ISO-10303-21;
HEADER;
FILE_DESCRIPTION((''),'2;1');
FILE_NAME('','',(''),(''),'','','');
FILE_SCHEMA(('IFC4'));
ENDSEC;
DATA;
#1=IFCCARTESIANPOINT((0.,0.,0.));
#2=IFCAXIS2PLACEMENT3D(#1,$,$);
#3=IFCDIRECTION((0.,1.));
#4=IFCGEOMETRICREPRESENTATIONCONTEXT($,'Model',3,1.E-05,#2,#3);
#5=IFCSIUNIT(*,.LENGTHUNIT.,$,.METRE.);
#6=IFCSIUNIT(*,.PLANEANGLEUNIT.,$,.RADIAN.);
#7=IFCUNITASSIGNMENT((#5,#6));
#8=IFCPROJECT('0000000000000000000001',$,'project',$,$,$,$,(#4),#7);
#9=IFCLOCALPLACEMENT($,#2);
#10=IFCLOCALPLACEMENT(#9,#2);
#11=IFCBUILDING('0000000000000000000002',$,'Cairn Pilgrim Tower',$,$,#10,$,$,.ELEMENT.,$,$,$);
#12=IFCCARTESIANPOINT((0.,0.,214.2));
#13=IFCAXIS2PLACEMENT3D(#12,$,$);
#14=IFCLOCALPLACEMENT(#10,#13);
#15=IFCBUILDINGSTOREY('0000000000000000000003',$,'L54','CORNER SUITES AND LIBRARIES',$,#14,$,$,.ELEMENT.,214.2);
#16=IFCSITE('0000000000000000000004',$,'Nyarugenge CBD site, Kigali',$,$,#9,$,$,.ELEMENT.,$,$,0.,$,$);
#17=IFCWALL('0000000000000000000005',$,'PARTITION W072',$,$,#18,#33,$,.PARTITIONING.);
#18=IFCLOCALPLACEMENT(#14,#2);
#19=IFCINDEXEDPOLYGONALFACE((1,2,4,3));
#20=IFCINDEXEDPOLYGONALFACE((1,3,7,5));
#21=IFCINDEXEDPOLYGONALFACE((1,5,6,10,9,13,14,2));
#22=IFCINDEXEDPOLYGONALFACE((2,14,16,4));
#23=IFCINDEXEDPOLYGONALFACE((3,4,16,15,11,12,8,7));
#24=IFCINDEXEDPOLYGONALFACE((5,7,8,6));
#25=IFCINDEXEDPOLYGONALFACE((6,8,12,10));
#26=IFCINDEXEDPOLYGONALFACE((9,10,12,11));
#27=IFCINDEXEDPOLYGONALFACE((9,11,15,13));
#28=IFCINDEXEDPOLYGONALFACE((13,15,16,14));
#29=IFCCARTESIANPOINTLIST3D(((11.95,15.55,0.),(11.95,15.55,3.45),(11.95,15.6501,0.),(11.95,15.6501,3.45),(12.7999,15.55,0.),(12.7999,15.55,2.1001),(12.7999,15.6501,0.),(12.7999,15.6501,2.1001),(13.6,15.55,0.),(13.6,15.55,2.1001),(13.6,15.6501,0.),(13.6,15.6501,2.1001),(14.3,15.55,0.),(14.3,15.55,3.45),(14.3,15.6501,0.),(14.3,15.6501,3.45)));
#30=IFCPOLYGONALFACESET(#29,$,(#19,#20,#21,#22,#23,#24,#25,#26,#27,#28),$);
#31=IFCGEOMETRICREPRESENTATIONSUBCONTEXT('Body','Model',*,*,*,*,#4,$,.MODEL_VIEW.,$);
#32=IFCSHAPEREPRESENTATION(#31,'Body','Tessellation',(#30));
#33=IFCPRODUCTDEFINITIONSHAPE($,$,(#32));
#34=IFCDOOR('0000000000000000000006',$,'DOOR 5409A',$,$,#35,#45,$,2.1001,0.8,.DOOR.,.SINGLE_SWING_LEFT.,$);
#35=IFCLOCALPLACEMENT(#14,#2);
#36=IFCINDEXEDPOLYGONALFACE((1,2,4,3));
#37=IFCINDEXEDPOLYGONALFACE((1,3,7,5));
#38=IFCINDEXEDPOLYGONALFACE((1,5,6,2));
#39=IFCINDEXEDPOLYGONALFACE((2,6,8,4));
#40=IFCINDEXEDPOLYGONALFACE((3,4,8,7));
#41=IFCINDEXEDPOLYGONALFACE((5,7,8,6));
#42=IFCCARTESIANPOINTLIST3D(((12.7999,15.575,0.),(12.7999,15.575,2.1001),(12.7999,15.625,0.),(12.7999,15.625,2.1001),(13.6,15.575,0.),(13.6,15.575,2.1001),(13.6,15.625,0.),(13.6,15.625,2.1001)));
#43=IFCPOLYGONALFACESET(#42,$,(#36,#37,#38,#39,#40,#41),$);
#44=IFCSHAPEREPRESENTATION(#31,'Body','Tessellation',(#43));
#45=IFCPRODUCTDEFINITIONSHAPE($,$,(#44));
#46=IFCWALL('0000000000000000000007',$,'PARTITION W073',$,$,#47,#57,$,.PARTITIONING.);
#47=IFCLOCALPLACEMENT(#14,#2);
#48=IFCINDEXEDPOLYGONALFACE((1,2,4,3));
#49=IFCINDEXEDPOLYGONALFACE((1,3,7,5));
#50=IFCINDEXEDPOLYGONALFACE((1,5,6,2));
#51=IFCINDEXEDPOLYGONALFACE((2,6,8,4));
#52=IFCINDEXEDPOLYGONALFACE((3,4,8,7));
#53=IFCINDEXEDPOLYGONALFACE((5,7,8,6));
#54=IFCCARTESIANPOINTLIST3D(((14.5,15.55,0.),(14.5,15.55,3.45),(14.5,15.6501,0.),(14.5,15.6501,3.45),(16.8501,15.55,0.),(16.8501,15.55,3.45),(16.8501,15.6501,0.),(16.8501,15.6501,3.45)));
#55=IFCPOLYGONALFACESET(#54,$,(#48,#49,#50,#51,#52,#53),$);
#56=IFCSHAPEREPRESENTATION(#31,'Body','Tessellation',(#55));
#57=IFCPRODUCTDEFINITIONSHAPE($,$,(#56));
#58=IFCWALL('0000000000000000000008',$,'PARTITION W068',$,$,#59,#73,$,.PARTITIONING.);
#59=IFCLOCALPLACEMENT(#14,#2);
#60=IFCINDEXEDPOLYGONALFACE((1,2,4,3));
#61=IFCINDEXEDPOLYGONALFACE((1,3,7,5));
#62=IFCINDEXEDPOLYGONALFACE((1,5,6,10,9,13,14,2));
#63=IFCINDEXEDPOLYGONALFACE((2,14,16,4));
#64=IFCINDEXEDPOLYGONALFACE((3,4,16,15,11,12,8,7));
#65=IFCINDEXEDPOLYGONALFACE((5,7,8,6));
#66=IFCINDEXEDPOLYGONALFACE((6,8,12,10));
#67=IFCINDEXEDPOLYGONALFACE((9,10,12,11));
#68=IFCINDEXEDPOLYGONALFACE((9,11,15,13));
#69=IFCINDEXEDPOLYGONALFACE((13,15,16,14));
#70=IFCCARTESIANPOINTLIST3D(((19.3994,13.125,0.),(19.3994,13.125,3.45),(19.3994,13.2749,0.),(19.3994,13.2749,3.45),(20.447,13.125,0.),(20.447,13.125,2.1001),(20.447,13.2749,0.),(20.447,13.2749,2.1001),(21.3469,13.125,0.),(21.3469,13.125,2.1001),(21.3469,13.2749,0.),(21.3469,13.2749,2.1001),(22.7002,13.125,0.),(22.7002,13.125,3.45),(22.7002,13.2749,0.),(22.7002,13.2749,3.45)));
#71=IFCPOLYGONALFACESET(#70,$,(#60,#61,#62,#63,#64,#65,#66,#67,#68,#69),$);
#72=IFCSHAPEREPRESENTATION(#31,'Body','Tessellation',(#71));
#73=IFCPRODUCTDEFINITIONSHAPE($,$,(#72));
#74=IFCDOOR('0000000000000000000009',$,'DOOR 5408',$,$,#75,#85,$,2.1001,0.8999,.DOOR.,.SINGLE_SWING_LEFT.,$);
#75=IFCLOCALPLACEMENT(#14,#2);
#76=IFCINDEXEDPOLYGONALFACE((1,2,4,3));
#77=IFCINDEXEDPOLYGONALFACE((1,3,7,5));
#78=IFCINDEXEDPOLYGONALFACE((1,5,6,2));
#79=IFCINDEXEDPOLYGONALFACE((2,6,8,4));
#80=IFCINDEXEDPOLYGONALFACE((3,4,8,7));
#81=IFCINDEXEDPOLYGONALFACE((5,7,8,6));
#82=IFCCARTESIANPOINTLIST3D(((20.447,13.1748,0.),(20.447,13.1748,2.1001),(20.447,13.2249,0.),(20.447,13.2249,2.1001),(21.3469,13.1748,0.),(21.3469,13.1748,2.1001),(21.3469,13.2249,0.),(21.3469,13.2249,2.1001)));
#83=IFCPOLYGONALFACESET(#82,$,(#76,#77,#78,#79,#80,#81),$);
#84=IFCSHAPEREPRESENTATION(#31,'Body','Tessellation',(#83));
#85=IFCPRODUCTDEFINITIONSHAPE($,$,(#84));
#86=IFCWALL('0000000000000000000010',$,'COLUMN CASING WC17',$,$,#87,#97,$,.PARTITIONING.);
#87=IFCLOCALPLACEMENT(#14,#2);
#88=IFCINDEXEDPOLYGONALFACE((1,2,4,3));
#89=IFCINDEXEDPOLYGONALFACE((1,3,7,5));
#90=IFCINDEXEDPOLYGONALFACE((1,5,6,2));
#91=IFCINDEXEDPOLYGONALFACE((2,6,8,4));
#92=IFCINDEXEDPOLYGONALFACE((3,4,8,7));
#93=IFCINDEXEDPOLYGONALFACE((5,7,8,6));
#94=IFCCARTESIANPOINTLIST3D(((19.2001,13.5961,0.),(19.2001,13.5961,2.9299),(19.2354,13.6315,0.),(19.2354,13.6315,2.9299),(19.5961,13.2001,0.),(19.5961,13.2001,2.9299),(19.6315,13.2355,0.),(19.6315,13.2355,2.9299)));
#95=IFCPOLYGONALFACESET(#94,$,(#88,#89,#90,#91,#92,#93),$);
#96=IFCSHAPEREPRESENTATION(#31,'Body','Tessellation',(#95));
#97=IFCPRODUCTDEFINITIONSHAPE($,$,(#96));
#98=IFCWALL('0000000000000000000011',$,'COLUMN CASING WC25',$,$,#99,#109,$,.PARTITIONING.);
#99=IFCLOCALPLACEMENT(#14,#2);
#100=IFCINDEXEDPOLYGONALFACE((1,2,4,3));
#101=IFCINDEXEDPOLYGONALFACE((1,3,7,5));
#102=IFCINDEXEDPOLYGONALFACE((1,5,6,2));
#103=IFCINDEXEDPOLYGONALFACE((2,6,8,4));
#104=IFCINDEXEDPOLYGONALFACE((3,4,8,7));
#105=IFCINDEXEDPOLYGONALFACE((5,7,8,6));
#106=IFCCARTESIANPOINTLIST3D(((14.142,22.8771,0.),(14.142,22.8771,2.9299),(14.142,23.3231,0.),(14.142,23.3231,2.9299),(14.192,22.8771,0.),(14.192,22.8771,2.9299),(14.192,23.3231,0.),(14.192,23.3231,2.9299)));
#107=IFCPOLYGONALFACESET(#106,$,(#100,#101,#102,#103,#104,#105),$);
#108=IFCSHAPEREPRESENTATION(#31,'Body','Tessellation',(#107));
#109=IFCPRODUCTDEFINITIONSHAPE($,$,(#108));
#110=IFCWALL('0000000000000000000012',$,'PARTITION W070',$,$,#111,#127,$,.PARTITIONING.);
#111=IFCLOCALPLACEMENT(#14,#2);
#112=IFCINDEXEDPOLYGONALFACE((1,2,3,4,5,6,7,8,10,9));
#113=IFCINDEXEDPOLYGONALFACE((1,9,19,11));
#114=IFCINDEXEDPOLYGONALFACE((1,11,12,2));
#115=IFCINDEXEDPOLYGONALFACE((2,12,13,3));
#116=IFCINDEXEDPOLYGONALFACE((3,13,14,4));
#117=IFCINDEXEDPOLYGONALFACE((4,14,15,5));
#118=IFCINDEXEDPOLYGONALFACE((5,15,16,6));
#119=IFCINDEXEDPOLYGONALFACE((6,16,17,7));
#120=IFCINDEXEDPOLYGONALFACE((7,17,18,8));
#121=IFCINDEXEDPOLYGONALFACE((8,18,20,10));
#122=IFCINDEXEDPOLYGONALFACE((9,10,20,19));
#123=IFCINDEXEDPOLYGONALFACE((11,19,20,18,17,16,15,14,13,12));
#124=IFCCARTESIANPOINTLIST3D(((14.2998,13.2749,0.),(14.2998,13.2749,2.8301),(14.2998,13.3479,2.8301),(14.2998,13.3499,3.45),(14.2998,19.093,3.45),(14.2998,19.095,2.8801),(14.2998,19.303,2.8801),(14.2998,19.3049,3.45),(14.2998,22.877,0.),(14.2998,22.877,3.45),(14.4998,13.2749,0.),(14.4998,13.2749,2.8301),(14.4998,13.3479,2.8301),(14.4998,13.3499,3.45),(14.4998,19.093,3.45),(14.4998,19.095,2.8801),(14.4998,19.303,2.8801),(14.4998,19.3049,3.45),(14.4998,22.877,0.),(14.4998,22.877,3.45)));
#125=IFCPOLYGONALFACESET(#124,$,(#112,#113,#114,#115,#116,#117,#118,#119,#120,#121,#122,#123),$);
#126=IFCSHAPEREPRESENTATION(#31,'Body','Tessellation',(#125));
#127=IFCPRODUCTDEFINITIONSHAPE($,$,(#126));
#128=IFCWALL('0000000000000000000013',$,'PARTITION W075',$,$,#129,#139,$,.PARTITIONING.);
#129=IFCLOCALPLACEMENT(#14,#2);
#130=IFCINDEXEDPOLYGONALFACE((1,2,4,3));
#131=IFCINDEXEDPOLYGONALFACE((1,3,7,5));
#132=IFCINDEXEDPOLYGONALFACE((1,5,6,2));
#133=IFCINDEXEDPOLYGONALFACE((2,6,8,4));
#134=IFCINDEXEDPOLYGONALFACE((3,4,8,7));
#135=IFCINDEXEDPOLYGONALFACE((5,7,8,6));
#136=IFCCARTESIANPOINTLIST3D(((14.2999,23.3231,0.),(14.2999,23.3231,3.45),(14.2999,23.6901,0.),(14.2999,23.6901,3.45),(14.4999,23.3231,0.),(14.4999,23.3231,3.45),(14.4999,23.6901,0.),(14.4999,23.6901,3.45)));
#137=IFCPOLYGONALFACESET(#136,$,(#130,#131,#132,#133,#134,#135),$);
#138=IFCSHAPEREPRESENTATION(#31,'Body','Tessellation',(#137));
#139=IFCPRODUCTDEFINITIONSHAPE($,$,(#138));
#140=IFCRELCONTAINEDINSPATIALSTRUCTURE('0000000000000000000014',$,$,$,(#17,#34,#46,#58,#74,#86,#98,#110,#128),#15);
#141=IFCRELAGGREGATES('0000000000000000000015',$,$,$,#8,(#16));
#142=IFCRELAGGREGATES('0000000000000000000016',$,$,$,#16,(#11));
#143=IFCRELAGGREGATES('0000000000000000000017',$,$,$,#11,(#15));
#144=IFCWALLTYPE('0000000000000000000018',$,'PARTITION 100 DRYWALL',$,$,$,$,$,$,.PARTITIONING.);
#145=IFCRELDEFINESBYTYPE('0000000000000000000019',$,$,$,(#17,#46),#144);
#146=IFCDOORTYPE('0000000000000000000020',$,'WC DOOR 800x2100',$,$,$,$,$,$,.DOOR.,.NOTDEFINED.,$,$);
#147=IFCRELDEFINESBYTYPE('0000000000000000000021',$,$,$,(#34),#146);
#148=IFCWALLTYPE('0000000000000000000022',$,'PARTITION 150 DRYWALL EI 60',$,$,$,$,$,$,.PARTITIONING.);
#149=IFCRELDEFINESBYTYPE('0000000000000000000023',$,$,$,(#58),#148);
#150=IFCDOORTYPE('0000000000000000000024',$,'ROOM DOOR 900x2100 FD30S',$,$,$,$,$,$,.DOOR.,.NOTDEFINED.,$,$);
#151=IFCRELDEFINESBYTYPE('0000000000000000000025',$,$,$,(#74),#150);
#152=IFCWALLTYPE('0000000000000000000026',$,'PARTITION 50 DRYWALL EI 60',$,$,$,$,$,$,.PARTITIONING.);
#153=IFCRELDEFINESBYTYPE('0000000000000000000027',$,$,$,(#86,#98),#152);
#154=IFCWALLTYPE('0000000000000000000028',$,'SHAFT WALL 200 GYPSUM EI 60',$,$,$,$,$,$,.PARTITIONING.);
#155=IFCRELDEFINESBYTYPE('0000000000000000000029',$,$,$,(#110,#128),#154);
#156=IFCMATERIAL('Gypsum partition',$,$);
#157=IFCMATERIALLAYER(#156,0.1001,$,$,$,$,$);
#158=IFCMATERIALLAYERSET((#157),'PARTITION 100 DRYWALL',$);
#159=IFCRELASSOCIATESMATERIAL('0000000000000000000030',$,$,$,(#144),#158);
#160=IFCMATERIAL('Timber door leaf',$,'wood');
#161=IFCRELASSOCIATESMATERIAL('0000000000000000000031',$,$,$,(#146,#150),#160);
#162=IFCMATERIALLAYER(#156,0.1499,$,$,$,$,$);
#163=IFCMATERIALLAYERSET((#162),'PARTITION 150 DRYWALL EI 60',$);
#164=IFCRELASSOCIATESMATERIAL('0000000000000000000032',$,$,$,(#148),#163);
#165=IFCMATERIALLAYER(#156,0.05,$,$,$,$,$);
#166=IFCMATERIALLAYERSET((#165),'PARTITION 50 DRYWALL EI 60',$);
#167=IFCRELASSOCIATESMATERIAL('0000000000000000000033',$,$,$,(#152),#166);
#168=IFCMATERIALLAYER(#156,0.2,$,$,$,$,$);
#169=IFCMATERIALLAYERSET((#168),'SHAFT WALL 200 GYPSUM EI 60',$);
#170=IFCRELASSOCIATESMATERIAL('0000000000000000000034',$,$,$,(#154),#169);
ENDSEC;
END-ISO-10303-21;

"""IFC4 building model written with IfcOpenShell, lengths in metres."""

from ifc_helpers import new_model, si_unit, direction, frame, frame_2d, origin, place, context, subcontext, project, spatial, polyline, rectangle, outline, extrude, material, layer, layer_set, type_object, element, fill, save


model = new_model("IFC4")

# Units and contexts
model_context = context("Model", 3, precision=1e-05, world=origin(), true_north=direction((0.0, 1.0)))
body_context = subcontext(model_context, "Body", "Model", "MODEL_VIEW")
ifc_project = project(units=[si_unit("LENGTHUNIT", "METRE"), si_unit("PLANEANGLEUNIT", "RADIAN")], contexts=[model_context])

# Site, building, storey
site_placement = place(None, origin())
site = spatial("IfcSite", under=ifc_project, at=site_placement, Name="Nyarugenge CBD site, Kigali", CompositionType="ELEMENT", RefElevation=0.0)
building_placement = place(site_placement, origin())
building = spatial("IfcBuilding", under=site, at=building_placement, Name="Cairn Pilgrim Tower", CompositionType="ELEMENT")
storey_placement = place(building_placement, frame((0.0, 0.0, 214.2)))
storey = spatial("IfcBuildingStorey", under=building, at=storey_placement, Name="L54", Description="CORNER SUITES AND LIBRARIES", CompositionType="ELEMENT", Elevation=214.2)

# Shared definitions
ifc_material_1 = material(Name="Gypsum partition")
ifc_layer_1 = layer(ifc_material_1, 0.1001)
ifc_layer_set_1 = layer_set([ifc_layer_1], Name="PARTITION 100 DRYWALL")
wall_type_1 = type_object("IfcWallType", Name="PARTITION 100 DRYWALL", PredefinedType="PARTITIONING", material=ifc_layer_set_1)

# Wall, opening, door
ifc_material_2 = material(Name="Timber door leaf", Category="wood")
door_type_1 = type_object("IfcDoorType", Name="WC DOOR 800x2100", OperationType="NOTDEFINED", PredefinedType="DOOR", material=ifc_material_2)
wall_1_placement = place(storey_placement, frame((11.95, 15.6001, 0.0), z_axis=(0.0, 0.0, 1.0), x_axis=(1.0, 0.0, 0.0)))
wall_1 = element("IfcWall", 1, at=wall_1_placement, inside=storey, type_object=wall_type_1, Name="PARTITION W072", PredefinedType="PARTITIONING", context=body_context, shape_type="SweptSolid", body=[
    extrude(rectangle(XDim=2.3501, YDim=0.1001, at=frame_2d((1.175, 0.0))), origin(), (0.0, 0.0, 1.0), 3.45),
])
opening_1_placement = place(wall_1_placement, frame((0.8501, 0.0, 0.0)))
opening_1 = element("IfcOpeningElement", 2, at=opening_1_placement, cuts=wall_1, PredefinedType="OPENING", context=body_context, shape_type="SweptSolid", body=[
    extrude(rectangle(XDim=0.8, YDim=2.1001, at=frame_2d((0.3999, 1.05))), frame((0.0, 0.0601, 0.0), z_axis=(0.0, -1.0, 0.0), x_axis=(1.0, 0.0, 0.0)), (0.0, 0.0, 1.0), 0.1201),
])
door_1_placement = place(opening_1_placement, origin())
door_1 = element("IfcDoor", 3, at=door_1_placement, inside=storey, type_object=door_type_1, Name="DOOR 5409A", OperationType="SINGLE_SWING_LEFT", OverallHeight=2.1001, OverallWidth=0.8, PredefinedType="DOOR", context=body_context, shape_type="SweptSolid", body=[
    extrude(rectangle(XDim=0.8, YDim=2.1001, at=frame_2d((0.3999, 1.05))), frame((0.0, 0.0249, 0.0), z_axis=(0.0, -1.0, 0.0), x_axis=(1.0, 0.0, 0.0)), (0.0, 0.0, 1.0), 0.05),
])
fill(opening_1, door_1)

# Wall
wall_2_placement = place(storey_placement, frame((14.5, 15.6001, 0.0), z_axis=(0.0, 0.0, 1.0), x_axis=(1.0, 0.0, 0.0)))
element("IfcWall", 4, at=wall_2_placement, inside=storey, type_object=wall_type_1, Name="PARTITION W073", PredefinedType="PARTITIONING", context=body_context, shape_type="SweptSolid", body=[
    extrude(rectangle(XDim=2.3501, YDim=0.1001, at=frame_2d((1.175, 0.0))), origin(), (0.0, 0.0, 1.0), 3.45),
])

# Wall, opening, door
ifc_layer_2 = layer(ifc_material_1, 0.1499)
ifc_layer_set_2 = layer_set([ifc_layer_2], Name="PARTITION 150 DRYWALL EI 60")
wall_type_2 = type_object("IfcWallType", Name="PARTITION 150 DRYWALL EI 60", PredefinedType="PARTITIONING", material=ifc_layer_set_2)
wall_3_placement = place(storey_placement, frame((19.3994, 13.2, 0.0), z_axis=(0.0, 0.0, 1.0), x_axis=(1.0, 0.0, 0.0)))
wall_3 = element("IfcWall", 5, at=wall_3_placement, inside=storey, type_object=wall_type_2, Name="PARTITION W068", PredefinedType="PARTITIONING", context=body_context, shape_type="SweptSolid", body=[
    extrude(rectangle(XDim=3.3008, YDim=0.1499, at=frame_2d((1.6504, 0.0))), origin(), (0.0, 0.0, 1.0), 3.45),
])
opening_2_placement = place(wall_3_placement, frame((1.0476, 0.0, 0.0)))
opening_2 = element("IfcOpeningElement", 6, at=opening_2_placement, cuts=wall_3, PredefinedType="OPENING", context=body_context, shape_type="SweptSolid", body=[
    extrude(rectangle(XDim=0.8999, YDim=2.1001, at=frame_2d((0.45, 1.05))), frame((0.0, 0.085, 0.0), z_axis=(0.0, -1.0, 0.0), x_axis=(1.0, 0.0, 0.0)), (0.0, 0.0, 1.0), 0.1699),
])
door_type_2 = type_object("IfcDoorType", Name="ROOM DOOR 900x2100 FD30S", OperationType="NOTDEFINED", PredefinedType="DOOR", material=ifc_material_2)
door_2_placement = place(opening_2_placement, origin())
door_2 = element("IfcDoor", 7, at=door_2_placement, inside=storey, type_object=door_type_2, Name="DOOR 5408", OperationType="SINGLE_SWING_LEFT", OverallHeight=2.1001, OverallWidth=0.8999, PredefinedType="DOOR", context=body_context, shape_type="SweptSolid", body=[
    extrude(rectangle(XDim=0.8999, YDim=2.1001, at=frame_2d((0.45, 1.05))), frame((0.0, 0.0249, 0.0), z_axis=(0.0, -1.0, 0.0), x_axis=(1.0, 0.0, 0.0)), (0.0, 0.0, 1.0), 0.05),
])
fill(opening_2, door_2)

# Walls
ifc_layer_3 = layer(ifc_material_1, 0.05)
ifc_layer_set_3 = layer_set([ifc_layer_3], Name="PARTITION 50 DRYWALL EI 60")
wall_type_3 = type_object("IfcWallType", Name="PARTITION 50 DRYWALL EI 60", PredefinedType="PARTITIONING", material=ifc_layer_set_3)
wall_4_placement = place(storey_placement, frame((19.6138, 13.2178, 0.0), z_axis=(0.0, 0.0, 1.0), x_axis=(-0.707107, 0.707107, 0.0)))
element("IfcWall", 8, at=wall_4_placement, inside=storey, type_object=wall_type_3, Name="COLUMN CASING WC17", PredefinedType="PARTITIONING", context=body_context, shape_type="SweptSolid", body=[
    extrude(rectangle(XDim=0.5601, YDim=0.05, at=frame_2d((0.28, 0.0))), origin(), (0.0, 0.0, 1.0), 2.9299),
])
wall_5_placement = place(storey_placement, frame((14.167, 22.877, 0.0), z_axis=(0.0, 0.0, 1.0), x_axis=(0.0, 1.0, 0.0)))
element("IfcWall", 9, at=wall_5_placement, inside=storey, type_object=wall_type_3, Name="COLUMN CASING WC25", PredefinedType="PARTITIONING", context=body_context, shape_type="SweptSolid", body=[
    extrude(rectangle(XDim=0.446, YDim=0.05, at=frame_2d((0.2231, 0.0))), origin(), (0.0, 0.0, 1.0), 2.9299),
])
ifc_layer_4 = layer(ifc_material_1, 0.2)
ifc_layer_set_4 = layer_set([ifc_layer_4], Name="SHAFT WALL 200 GYPSUM EI 60")
wall_type_4 = type_object("IfcWallType", Name="SHAFT WALL 200 GYPSUM EI 60", PredefinedType="PARTITIONING", material=ifc_layer_set_4)
wall_6_placement = place(storey_placement, frame((14.3999, 13.2749, 0.0), z_axis=(0.0, 0.0, 1.0), x_axis=(0.0, 1.0, 0.0)))
element("IfcWall", 10, at=wall_6_placement, inside=storey, type_object=wall_type_4, Name="PARTITION W070", PredefinedType="PARTITIONING", context=body_context, shape_type="SweptSolid", body=[
    extrude(outline(polyline([(0.0, 0.0), (9.6021, 0.0), (9.6021, 3.45), (6.03, 3.45), (6.0281, 2.8801), (5.8201, 2.8801), (5.8181, 3.45), (0.075, 3.45), (0.073, 2.8301), (0.0, 2.8301), (0.0, 0.0)])), frame((0.0, 0.1001, 0.0), z_axis=(0.0, -1.0, 0.0), x_axis=(1.0, 0.0, 0.0)), (0.0, 0.0, 1.0), 0.2),
])
wall_7_placement = place(storey_placement, frame((14.3999, 23.323, 0.0), z_axis=(0.0, 0.0, 1.0), x_axis=(0.0, 1.0, 0.0)))
element("IfcWall", 11, at=wall_7_placement, inside=storey, type_object=wall_type_4, Name="PARTITION W075", PredefinedType="PARTITIONING", context=body_context, shape_type="SweptSolid", body=[
    extrude(rectangle(XDim=0.3669, YDim=0.2, at=frame_2d((0.1836, 0.0))), origin(), (0.0, 0.0, 1.0), 3.45),
])

save(model, "model.ifc")
